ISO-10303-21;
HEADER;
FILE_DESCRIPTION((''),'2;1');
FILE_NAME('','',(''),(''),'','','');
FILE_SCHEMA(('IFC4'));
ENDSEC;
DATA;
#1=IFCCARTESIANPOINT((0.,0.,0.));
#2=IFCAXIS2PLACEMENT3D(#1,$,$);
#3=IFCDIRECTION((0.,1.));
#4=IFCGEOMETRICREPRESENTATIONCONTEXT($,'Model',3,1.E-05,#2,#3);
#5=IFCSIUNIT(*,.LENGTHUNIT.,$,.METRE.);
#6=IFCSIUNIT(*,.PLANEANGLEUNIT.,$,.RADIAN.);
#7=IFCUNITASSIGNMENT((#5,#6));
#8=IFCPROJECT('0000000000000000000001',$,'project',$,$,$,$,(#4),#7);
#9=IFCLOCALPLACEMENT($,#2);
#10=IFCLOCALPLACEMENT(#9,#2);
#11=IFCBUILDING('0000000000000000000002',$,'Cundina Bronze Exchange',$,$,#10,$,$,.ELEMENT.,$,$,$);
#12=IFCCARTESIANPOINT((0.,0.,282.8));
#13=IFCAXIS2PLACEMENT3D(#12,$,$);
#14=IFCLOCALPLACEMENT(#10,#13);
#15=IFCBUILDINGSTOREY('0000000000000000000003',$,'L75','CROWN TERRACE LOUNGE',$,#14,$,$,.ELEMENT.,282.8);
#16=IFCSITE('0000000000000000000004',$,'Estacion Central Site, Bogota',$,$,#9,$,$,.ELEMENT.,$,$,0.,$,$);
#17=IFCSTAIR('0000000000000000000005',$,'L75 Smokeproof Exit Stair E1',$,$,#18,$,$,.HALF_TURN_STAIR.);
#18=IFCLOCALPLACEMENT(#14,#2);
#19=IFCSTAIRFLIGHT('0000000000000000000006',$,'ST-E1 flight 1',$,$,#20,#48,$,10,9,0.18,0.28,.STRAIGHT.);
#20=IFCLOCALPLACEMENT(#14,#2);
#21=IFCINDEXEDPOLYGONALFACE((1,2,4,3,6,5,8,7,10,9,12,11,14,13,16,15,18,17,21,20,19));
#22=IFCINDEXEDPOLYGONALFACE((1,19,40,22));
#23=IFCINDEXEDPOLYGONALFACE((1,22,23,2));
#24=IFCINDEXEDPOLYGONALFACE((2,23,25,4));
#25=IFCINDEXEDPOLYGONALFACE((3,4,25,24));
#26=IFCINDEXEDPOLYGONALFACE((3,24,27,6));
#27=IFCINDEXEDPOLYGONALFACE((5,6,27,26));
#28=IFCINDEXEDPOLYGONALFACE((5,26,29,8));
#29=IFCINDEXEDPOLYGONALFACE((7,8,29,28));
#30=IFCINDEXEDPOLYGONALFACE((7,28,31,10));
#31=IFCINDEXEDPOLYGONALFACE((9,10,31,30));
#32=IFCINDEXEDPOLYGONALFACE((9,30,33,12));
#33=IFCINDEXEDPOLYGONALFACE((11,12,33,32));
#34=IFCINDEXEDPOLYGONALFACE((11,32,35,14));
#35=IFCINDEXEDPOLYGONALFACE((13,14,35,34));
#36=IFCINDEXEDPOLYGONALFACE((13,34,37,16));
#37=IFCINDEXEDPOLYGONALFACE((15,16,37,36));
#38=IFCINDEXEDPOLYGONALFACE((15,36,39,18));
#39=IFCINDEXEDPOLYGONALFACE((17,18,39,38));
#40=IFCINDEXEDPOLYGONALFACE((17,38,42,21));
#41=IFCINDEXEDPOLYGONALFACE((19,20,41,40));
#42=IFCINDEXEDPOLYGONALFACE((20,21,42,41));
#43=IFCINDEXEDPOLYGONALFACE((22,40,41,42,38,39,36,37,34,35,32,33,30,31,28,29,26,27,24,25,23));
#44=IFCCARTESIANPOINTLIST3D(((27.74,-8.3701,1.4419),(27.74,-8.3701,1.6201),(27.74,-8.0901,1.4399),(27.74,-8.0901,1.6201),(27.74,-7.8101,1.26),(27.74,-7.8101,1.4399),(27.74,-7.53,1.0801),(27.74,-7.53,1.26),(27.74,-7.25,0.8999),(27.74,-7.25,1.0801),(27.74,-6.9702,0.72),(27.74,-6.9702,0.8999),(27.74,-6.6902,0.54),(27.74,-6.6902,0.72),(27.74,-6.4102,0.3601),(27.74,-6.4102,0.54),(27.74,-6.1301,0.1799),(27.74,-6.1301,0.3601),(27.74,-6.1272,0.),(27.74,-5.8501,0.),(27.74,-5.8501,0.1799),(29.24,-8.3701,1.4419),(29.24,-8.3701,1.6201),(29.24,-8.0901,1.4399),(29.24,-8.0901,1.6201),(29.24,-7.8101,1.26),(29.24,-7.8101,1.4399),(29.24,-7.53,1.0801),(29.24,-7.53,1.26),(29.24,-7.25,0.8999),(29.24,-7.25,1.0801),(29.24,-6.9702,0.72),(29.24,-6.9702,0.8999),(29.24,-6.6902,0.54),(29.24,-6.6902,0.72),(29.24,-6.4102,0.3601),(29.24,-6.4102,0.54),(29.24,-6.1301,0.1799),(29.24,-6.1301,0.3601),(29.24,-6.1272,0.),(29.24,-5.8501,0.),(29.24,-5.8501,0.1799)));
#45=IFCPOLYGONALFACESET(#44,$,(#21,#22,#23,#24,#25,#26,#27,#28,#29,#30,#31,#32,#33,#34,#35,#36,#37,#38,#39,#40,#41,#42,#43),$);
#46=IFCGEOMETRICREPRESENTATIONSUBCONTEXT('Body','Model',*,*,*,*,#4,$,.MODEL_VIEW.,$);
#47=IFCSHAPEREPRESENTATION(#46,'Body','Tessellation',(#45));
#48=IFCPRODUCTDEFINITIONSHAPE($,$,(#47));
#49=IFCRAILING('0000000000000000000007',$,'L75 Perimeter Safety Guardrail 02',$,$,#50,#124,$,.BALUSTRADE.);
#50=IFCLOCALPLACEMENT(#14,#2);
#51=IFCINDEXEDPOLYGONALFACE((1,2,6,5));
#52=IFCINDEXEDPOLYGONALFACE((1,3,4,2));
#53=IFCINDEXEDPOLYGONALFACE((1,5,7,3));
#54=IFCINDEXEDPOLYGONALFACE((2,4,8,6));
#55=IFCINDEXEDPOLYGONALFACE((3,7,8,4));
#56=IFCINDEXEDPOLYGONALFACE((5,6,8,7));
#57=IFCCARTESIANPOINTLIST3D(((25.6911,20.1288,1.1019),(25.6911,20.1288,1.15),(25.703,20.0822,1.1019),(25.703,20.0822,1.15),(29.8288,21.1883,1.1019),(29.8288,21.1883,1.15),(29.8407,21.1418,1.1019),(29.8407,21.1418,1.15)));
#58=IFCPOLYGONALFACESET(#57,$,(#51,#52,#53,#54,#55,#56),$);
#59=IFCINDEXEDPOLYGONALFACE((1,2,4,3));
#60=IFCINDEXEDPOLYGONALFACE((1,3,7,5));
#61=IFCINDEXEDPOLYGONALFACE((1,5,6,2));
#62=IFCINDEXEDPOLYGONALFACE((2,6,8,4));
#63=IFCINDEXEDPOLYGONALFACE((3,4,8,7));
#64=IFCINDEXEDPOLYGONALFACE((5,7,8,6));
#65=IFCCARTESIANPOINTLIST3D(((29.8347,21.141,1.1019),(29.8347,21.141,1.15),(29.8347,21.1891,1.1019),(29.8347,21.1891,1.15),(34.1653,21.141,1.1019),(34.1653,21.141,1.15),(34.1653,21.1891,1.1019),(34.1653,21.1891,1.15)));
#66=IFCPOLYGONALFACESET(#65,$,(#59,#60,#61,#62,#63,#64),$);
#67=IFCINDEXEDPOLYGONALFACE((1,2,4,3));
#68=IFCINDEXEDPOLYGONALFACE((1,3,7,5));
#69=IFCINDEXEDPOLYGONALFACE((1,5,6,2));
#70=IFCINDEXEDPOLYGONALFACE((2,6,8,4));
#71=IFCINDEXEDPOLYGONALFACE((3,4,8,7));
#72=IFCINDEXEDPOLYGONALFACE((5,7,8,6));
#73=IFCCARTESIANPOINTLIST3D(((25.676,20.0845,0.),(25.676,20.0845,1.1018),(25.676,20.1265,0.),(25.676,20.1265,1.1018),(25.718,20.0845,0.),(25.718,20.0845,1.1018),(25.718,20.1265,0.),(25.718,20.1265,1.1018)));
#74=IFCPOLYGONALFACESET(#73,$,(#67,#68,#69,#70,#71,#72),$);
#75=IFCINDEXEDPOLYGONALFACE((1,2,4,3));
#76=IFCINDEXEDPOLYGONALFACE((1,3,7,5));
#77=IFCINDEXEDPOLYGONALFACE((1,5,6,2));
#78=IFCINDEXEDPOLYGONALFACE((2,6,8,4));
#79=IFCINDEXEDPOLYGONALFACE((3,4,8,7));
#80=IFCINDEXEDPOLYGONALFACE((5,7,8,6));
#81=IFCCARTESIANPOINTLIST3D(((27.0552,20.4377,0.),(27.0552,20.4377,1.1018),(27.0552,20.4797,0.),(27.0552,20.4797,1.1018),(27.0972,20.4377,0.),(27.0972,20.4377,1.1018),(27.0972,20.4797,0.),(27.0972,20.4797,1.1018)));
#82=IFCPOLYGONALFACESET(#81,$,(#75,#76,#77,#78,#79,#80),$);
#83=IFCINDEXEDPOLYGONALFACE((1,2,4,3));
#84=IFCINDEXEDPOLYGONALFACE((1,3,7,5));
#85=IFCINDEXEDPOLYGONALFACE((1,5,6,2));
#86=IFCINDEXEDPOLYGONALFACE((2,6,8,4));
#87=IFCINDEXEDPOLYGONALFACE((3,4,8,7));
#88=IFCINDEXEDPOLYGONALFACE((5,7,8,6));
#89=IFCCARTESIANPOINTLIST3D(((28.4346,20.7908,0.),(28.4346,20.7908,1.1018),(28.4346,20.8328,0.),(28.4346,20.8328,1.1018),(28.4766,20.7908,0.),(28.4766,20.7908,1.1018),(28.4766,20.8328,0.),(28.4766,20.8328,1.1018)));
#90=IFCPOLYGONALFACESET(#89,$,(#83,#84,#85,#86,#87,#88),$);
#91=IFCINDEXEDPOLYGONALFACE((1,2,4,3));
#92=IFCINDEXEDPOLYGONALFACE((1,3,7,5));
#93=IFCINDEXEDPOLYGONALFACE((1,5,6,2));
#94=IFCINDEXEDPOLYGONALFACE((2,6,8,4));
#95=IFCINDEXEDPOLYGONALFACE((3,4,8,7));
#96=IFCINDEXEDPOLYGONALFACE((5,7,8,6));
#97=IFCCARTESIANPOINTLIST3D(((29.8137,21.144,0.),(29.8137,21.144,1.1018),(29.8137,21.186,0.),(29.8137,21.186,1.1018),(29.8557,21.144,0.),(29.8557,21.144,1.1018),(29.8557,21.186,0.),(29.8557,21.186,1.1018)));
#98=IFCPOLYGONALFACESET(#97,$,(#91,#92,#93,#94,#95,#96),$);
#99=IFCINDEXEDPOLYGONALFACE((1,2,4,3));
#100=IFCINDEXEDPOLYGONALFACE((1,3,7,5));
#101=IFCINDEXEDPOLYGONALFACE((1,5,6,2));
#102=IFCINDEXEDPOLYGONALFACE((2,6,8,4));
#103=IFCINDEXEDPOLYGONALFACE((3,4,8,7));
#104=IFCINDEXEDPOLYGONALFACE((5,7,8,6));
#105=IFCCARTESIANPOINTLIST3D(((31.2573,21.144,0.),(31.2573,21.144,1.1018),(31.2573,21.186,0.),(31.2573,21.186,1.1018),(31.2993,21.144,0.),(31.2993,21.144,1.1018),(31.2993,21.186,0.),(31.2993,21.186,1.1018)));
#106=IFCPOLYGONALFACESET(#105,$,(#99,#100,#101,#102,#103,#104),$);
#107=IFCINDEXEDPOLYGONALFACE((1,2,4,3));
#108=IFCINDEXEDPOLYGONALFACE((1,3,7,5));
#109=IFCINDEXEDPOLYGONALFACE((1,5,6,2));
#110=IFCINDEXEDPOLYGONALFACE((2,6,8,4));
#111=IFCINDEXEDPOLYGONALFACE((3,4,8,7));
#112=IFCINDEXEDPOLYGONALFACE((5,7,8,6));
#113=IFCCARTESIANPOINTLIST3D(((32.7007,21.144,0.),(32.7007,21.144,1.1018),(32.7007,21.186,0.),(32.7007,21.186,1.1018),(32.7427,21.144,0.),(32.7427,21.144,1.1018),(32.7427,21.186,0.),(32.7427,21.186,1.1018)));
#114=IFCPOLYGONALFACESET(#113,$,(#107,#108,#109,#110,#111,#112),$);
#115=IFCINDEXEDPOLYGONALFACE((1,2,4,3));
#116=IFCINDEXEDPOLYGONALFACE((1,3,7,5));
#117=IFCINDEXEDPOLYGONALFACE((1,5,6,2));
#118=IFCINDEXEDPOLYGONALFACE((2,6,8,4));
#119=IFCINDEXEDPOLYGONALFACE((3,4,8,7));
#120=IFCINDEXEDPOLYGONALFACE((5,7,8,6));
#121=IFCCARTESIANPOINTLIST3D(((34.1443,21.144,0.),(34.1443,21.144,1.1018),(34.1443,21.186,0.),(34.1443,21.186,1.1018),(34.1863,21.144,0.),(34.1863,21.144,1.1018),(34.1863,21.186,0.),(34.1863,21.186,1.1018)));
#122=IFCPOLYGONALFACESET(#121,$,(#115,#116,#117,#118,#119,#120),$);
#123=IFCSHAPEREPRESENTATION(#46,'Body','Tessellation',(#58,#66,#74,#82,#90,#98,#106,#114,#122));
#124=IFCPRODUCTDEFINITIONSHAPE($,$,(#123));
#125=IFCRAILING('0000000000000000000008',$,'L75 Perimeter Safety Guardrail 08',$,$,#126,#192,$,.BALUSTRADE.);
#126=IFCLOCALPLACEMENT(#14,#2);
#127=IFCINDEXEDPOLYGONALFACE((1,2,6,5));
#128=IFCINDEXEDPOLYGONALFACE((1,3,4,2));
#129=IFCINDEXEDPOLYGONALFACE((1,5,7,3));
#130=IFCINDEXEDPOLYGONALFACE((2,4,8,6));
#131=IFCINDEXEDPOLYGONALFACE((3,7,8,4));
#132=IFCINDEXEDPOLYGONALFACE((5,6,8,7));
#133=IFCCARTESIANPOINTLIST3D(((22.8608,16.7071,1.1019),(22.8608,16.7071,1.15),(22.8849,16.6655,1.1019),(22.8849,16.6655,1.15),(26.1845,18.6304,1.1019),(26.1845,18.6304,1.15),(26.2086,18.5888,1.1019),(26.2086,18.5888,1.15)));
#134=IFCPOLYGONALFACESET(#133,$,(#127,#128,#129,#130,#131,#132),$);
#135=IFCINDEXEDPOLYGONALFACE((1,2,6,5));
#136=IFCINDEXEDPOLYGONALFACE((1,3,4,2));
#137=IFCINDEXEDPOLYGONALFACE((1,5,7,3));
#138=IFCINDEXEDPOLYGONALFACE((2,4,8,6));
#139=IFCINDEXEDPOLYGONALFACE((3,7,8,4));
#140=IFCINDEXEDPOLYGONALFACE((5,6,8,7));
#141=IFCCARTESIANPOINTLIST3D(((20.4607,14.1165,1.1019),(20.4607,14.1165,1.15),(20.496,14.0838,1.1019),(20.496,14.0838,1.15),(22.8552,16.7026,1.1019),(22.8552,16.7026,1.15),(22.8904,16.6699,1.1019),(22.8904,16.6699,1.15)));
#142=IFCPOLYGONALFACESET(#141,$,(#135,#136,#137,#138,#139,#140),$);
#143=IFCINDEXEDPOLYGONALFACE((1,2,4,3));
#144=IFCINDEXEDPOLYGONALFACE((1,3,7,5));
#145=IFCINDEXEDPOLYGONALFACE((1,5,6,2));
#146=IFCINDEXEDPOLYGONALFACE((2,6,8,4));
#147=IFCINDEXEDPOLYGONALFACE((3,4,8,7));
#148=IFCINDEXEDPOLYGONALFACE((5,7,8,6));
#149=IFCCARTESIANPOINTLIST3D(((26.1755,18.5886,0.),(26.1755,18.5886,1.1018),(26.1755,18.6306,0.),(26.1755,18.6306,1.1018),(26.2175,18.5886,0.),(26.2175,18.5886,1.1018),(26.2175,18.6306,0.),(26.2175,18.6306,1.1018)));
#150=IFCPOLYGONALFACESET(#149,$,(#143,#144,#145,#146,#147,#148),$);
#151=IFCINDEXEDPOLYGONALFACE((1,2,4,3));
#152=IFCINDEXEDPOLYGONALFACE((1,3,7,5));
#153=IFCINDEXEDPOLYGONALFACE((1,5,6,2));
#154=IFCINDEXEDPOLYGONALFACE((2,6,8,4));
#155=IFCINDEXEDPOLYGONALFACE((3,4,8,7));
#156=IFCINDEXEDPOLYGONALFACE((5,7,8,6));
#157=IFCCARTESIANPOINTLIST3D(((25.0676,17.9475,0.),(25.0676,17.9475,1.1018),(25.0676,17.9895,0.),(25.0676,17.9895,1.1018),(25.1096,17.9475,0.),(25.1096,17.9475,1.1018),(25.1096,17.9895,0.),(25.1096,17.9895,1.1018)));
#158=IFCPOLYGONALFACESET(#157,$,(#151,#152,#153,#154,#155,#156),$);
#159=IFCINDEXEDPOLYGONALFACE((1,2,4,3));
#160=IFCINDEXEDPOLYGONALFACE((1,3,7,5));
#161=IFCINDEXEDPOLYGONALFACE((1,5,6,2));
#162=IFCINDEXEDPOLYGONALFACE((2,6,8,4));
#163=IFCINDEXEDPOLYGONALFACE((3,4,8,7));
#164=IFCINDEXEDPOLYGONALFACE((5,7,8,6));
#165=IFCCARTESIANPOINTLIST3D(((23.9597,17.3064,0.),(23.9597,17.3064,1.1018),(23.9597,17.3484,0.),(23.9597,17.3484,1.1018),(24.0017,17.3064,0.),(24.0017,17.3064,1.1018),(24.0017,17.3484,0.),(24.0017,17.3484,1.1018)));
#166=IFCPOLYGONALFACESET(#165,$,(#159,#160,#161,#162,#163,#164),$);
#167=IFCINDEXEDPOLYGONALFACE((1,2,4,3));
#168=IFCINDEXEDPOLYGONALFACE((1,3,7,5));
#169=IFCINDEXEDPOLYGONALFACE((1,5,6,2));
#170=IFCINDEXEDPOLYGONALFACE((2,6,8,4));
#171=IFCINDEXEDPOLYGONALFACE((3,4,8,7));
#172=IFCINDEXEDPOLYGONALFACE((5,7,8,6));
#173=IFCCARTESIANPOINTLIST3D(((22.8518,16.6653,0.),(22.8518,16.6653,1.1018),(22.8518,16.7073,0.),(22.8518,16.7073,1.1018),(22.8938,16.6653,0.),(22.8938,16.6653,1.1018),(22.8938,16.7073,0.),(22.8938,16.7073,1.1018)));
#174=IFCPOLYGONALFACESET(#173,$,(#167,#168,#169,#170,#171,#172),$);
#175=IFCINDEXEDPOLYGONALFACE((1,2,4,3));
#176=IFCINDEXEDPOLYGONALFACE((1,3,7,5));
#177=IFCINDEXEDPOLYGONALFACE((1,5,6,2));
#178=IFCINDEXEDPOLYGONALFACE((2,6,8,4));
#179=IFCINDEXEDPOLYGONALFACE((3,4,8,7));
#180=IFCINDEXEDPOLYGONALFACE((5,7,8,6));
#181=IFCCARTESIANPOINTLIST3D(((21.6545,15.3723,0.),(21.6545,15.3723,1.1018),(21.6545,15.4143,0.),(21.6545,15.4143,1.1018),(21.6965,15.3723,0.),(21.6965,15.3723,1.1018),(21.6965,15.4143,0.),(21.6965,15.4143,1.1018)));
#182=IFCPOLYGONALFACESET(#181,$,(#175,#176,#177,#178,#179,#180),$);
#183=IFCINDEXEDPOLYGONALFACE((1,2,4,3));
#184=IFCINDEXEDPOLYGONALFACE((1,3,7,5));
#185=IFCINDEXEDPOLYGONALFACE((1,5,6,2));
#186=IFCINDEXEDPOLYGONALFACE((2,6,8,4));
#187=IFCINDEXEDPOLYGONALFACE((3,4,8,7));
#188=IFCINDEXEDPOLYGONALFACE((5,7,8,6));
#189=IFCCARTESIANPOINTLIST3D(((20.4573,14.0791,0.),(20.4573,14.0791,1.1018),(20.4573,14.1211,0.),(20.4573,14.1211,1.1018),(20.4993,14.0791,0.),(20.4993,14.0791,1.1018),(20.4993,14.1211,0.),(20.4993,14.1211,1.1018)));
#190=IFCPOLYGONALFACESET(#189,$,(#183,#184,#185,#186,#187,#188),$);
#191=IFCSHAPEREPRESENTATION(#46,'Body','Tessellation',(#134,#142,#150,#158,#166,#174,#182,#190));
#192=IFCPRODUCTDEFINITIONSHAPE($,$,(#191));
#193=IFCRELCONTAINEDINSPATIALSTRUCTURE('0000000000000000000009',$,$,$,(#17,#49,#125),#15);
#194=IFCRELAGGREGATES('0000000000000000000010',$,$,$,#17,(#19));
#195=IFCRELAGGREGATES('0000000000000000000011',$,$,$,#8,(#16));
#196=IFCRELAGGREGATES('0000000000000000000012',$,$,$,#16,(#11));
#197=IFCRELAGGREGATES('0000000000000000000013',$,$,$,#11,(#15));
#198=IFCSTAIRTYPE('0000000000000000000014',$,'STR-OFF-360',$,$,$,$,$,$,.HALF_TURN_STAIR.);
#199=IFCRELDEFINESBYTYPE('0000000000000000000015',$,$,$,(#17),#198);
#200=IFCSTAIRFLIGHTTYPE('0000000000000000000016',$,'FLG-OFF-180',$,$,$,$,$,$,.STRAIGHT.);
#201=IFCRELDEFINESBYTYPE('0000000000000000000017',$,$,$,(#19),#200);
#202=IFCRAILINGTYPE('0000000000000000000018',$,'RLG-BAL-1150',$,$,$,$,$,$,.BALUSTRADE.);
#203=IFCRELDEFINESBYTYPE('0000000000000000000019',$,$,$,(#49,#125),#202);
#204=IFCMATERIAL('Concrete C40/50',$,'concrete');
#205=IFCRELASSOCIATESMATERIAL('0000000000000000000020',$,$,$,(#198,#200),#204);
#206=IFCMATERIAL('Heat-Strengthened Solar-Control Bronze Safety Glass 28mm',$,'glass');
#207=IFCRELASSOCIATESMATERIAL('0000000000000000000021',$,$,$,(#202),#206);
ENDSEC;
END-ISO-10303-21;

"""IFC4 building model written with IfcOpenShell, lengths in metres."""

from ifc_helpers import new_model, si_unit, direction, frame, origin, origin_2d, place, context, subcontext, project, spatial, polyline, rectangle, outline, extrude, material, type_object, element, aggregate, save


model = new_model("IFC4")

# Units and contexts
model_context = context("Model", 3, precision=1e-05, world=origin(), true_north=direction((0.0, 1.0)))
body_context = subcontext(model_context, "Body", "Model", "MODEL_VIEW")
ifc_project = project(units=[si_unit("LENGTHUNIT", "METRE"), si_unit("PLANEANGLEUNIT", "RADIAN")], contexts=[model_context])

# Site, building, storey
site_placement = place(None, origin())
site = spatial("IfcSite", under=ifc_project, at=site_placement, Name="Estacion Central Site, Bogota", CompositionType="ELEMENT", RefElevation=0.0)
building_placement = place(site_placement, origin())
building = spatial("IfcBuilding", under=site, at=building_placement, Name="Cundina Bronze Exchange", CompositionType="ELEMENT")
storey_placement = place(building_placement, frame((0.0, 0.0, 282.8)))
storey = spatial("IfcBuildingStorey", under=building, at=storey_placement, Name="L75", Description="CROWN TERRACE LOUNGE", CompositionType="ELEMENT", Elevation=282.8)

# Stair, stair flight
ifc_material_1 = material(Name="Concrete C40/50", Category="concrete")
stair_type = type_object("IfcStairType", Name="STR-OFF-360", PredefinedType="HALF_TURN_STAIR", material=ifc_material_1)
stair_placement = place(storey_placement, origin())
stair = element("IfcStair", 1, at=stair_placement, inside=storey, type_object=stair_type, Name="L75 Smokeproof Exit Stair E1", PredefinedType="HALF_TURN_STAIR")
stair_flight_type = type_object("IfcStairFlightType", Name="FLG-OFF-180", PredefinedType="STRAIGHT", material=ifc_material_1)
stair_flight_placement = place(storey_placement, frame((28.49, -5.8501, 0.0), z_axis=(0.0, 0.0, 1.0), x_axis=(0.0, -1.0, 0.0)))
stair_flight = element("IfcStairFlight", 2, at=stair_flight_placement, type_object=stair_flight_type, Name="ST-E1 flight 1", NumberOfRisers=10, NumberOfTreads=9, PredefinedType="STRAIGHT", RiserHeight=0.18, TreadLength=0.28, context=body_context, shape_type="SweptSolid", body=[
    extrude(outline(polyline([(0.0, 0.0), (0.0, 0.1799), (0.28, 0.1799), (0.28, 0.3601), (0.5601, 0.3601), (0.5601, 0.54), (0.8401, 0.54), (0.8401, 0.72), (1.1201, 0.72), (1.1201, 0.8999), (1.3999, 0.8999), (1.3999, 1.0801), (1.6799, 1.0801), (1.6799, 1.26), (1.96, 1.26), (1.96, 1.4399), (2.24, 1.4399), (2.24, 1.6201), (2.52, 1.6201), (2.52, 1.8), (2.52, 1.4419), (0.2771, 0.0), (0.0, 0.0)])), frame((0.0, 0.75, 0.0), z_axis=(0.0, -1.0, 0.0), x_axis=(1.0, 0.0, 0.0)), (0.0, 0.0, 1.0), 1.5),
])
aggregate(stair, [stair_flight])

# Railings
ifc_material_2 = material(Name="Heat-Strengthened Solar-Control Bronze Safety Glass 28mm", Category="glass")
railing_type_1 = type_object("IfcRailingType", Name="RLG-BAL-1150", PredefinedType="BALUSTRADE", material=ifc_material_2)
railing_1_placement = place(storey_placement, frame((25.697, 20.1055, 0.0)))
element("IfcRailing", 3, at=railing_1_placement, inside=storey, type_object=railing_type_1, Name="L75 Perimeter Safety Guardrail 02", PredefinedType="BALUSTRADE", context=body_context, shape_type="SweptSolid", body=[
    extrude(rectangle(XDim=0.0481, YDim=0.0481, at=origin_2d()), frame((0.0, 0.0, 1.126), z_axis=(0.968741, 0.248073, 0.0), x_axis=(-0.248073, 0.968741, 0.0)), (0.0, 0.0, 1.0), 4.2712),
    extrude(rectangle(XDim=0.0481, YDim=0.0481, at=origin_2d()), frame((4.1377, 1.0596, 1.126), z_axis=(1.0, 0.0, 0.0), x_axis=(0.0, 1.0, 0.0)), (0.0, 0.0, 1.0), 4.3306),
    extrude(rectangle(XDim=0.042, YDim=0.042, at=origin_2d()), origin(), (0.0, 0.0, 1.0), 1.1018),
    extrude(rectangle(XDim=0.042, YDim=0.042, at=origin_2d()), frame((1.3792, 0.3533, 0.0)), (0.0, 0.0, 1.0), 1.1018),
    extrude(rectangle(XDim=0.042, YDim=0.042, at=origin_2d()), frame((2.7585, 0.7063, 0.0)), (0.0, 0.0, 1.0), 1.1018),
    extrude(rectangle(XDim=0.042, YDim=0.042, at=origin_2d()), frame((4.1377, 1.0596, 0.0)), (0.0, 0.0, 1.0), 1.1018),
    extrude(rectangle(XDim=0.042, YDim=0.042, at=origin_2d()), frame((5.5813, 1.0596, 0.0)), (0.0, 0.0, 1.0), 1.1018),
    extrude(rectangle(XDim=0.042, YDim=0.042, at=origin_2d()), frame((7.0247, 1.0596, 0.0)), (0.0, 0.0, 1.0), 1.1018),
    extrude(rectangle(XDim=0.042, YDim=0.042, at=origin_2d()), frame((8.4683, 1.0596, 0.0)), (0.0, 0.0, 1.0), 1.1018),
])
railing_2_placement = place(storey_placement, frame((26.1965, 18.6096, 0.0)))
element("IfcRailing", 4, at=railing_2_placement, inside=storey, type_object=railing_type_1, Name="L75 Perimeter Safety Guardrail 08", PredefinedType="BALUSTRADE", context=body_context, shape_type="SweptSolid", body=[
    extrude(rectangle(XDim=0.0481, YDim=0.0481, at=origin_2d()), frame((0.0, 0.0, 1.126), z_axis=(-0.865531, -0.500856, 0.0), x_axis=(0.500856, -0.865531, 0.0)), (0.0, 0.0, 1.0), 3.8401),
    extrude(rectangle(XDim=0.0481, YDim=0.0481, at=origin_2d()), frame((-3.3237, -1.9233, 1.126), z_axis=(-0.679396, -0.733772, 0.0), x_axis=(0.733772, -0.679396, 0.0)), (0.0, 0.0, 1.0), 3.5244),
    extrude(rectangle(XDim=0.042, YDim=0.042, at=origin_2d()), origin(), (0.0, 0.0, 1.0), 1.1018),
    extrude(rectangle(XDim=0.042, YDim=0.042, at=origin_2d()), frame((-1.1079, -0.6411, 0.0)), (0.0, 0.0, 1.0), 1.1018),
    extrude(rectangle(XDim=0.042, YDim=0.042, at=origin_2d()), frame((-2.2158, -1.2822, 0.0)), (0.0, 0.0, 1.0), 1.1018),
    extrude(rectangle(XDim=0.042, YDim=0.042, at=origin_2d()), frame((-3.3237, -1.9233, 0.0)), (0.0, 0.0, 1.0), 1.1018),
    extrude(rectangle(XDim=0.042, YDim=0.042, at=origin_2d()), frame((-4.521, -3.2163, 0.0)), (0.0, 0.0, 1.0), 1.1018),
    extrude(rectangle(XDim=0.042, YDim=0.042, at=origin_2d()), frame((-5.7183, -4.5095, 0.0)), (0.0, 0.0, 1.0), 1.1018),
])

save(model, "model.ifc")
